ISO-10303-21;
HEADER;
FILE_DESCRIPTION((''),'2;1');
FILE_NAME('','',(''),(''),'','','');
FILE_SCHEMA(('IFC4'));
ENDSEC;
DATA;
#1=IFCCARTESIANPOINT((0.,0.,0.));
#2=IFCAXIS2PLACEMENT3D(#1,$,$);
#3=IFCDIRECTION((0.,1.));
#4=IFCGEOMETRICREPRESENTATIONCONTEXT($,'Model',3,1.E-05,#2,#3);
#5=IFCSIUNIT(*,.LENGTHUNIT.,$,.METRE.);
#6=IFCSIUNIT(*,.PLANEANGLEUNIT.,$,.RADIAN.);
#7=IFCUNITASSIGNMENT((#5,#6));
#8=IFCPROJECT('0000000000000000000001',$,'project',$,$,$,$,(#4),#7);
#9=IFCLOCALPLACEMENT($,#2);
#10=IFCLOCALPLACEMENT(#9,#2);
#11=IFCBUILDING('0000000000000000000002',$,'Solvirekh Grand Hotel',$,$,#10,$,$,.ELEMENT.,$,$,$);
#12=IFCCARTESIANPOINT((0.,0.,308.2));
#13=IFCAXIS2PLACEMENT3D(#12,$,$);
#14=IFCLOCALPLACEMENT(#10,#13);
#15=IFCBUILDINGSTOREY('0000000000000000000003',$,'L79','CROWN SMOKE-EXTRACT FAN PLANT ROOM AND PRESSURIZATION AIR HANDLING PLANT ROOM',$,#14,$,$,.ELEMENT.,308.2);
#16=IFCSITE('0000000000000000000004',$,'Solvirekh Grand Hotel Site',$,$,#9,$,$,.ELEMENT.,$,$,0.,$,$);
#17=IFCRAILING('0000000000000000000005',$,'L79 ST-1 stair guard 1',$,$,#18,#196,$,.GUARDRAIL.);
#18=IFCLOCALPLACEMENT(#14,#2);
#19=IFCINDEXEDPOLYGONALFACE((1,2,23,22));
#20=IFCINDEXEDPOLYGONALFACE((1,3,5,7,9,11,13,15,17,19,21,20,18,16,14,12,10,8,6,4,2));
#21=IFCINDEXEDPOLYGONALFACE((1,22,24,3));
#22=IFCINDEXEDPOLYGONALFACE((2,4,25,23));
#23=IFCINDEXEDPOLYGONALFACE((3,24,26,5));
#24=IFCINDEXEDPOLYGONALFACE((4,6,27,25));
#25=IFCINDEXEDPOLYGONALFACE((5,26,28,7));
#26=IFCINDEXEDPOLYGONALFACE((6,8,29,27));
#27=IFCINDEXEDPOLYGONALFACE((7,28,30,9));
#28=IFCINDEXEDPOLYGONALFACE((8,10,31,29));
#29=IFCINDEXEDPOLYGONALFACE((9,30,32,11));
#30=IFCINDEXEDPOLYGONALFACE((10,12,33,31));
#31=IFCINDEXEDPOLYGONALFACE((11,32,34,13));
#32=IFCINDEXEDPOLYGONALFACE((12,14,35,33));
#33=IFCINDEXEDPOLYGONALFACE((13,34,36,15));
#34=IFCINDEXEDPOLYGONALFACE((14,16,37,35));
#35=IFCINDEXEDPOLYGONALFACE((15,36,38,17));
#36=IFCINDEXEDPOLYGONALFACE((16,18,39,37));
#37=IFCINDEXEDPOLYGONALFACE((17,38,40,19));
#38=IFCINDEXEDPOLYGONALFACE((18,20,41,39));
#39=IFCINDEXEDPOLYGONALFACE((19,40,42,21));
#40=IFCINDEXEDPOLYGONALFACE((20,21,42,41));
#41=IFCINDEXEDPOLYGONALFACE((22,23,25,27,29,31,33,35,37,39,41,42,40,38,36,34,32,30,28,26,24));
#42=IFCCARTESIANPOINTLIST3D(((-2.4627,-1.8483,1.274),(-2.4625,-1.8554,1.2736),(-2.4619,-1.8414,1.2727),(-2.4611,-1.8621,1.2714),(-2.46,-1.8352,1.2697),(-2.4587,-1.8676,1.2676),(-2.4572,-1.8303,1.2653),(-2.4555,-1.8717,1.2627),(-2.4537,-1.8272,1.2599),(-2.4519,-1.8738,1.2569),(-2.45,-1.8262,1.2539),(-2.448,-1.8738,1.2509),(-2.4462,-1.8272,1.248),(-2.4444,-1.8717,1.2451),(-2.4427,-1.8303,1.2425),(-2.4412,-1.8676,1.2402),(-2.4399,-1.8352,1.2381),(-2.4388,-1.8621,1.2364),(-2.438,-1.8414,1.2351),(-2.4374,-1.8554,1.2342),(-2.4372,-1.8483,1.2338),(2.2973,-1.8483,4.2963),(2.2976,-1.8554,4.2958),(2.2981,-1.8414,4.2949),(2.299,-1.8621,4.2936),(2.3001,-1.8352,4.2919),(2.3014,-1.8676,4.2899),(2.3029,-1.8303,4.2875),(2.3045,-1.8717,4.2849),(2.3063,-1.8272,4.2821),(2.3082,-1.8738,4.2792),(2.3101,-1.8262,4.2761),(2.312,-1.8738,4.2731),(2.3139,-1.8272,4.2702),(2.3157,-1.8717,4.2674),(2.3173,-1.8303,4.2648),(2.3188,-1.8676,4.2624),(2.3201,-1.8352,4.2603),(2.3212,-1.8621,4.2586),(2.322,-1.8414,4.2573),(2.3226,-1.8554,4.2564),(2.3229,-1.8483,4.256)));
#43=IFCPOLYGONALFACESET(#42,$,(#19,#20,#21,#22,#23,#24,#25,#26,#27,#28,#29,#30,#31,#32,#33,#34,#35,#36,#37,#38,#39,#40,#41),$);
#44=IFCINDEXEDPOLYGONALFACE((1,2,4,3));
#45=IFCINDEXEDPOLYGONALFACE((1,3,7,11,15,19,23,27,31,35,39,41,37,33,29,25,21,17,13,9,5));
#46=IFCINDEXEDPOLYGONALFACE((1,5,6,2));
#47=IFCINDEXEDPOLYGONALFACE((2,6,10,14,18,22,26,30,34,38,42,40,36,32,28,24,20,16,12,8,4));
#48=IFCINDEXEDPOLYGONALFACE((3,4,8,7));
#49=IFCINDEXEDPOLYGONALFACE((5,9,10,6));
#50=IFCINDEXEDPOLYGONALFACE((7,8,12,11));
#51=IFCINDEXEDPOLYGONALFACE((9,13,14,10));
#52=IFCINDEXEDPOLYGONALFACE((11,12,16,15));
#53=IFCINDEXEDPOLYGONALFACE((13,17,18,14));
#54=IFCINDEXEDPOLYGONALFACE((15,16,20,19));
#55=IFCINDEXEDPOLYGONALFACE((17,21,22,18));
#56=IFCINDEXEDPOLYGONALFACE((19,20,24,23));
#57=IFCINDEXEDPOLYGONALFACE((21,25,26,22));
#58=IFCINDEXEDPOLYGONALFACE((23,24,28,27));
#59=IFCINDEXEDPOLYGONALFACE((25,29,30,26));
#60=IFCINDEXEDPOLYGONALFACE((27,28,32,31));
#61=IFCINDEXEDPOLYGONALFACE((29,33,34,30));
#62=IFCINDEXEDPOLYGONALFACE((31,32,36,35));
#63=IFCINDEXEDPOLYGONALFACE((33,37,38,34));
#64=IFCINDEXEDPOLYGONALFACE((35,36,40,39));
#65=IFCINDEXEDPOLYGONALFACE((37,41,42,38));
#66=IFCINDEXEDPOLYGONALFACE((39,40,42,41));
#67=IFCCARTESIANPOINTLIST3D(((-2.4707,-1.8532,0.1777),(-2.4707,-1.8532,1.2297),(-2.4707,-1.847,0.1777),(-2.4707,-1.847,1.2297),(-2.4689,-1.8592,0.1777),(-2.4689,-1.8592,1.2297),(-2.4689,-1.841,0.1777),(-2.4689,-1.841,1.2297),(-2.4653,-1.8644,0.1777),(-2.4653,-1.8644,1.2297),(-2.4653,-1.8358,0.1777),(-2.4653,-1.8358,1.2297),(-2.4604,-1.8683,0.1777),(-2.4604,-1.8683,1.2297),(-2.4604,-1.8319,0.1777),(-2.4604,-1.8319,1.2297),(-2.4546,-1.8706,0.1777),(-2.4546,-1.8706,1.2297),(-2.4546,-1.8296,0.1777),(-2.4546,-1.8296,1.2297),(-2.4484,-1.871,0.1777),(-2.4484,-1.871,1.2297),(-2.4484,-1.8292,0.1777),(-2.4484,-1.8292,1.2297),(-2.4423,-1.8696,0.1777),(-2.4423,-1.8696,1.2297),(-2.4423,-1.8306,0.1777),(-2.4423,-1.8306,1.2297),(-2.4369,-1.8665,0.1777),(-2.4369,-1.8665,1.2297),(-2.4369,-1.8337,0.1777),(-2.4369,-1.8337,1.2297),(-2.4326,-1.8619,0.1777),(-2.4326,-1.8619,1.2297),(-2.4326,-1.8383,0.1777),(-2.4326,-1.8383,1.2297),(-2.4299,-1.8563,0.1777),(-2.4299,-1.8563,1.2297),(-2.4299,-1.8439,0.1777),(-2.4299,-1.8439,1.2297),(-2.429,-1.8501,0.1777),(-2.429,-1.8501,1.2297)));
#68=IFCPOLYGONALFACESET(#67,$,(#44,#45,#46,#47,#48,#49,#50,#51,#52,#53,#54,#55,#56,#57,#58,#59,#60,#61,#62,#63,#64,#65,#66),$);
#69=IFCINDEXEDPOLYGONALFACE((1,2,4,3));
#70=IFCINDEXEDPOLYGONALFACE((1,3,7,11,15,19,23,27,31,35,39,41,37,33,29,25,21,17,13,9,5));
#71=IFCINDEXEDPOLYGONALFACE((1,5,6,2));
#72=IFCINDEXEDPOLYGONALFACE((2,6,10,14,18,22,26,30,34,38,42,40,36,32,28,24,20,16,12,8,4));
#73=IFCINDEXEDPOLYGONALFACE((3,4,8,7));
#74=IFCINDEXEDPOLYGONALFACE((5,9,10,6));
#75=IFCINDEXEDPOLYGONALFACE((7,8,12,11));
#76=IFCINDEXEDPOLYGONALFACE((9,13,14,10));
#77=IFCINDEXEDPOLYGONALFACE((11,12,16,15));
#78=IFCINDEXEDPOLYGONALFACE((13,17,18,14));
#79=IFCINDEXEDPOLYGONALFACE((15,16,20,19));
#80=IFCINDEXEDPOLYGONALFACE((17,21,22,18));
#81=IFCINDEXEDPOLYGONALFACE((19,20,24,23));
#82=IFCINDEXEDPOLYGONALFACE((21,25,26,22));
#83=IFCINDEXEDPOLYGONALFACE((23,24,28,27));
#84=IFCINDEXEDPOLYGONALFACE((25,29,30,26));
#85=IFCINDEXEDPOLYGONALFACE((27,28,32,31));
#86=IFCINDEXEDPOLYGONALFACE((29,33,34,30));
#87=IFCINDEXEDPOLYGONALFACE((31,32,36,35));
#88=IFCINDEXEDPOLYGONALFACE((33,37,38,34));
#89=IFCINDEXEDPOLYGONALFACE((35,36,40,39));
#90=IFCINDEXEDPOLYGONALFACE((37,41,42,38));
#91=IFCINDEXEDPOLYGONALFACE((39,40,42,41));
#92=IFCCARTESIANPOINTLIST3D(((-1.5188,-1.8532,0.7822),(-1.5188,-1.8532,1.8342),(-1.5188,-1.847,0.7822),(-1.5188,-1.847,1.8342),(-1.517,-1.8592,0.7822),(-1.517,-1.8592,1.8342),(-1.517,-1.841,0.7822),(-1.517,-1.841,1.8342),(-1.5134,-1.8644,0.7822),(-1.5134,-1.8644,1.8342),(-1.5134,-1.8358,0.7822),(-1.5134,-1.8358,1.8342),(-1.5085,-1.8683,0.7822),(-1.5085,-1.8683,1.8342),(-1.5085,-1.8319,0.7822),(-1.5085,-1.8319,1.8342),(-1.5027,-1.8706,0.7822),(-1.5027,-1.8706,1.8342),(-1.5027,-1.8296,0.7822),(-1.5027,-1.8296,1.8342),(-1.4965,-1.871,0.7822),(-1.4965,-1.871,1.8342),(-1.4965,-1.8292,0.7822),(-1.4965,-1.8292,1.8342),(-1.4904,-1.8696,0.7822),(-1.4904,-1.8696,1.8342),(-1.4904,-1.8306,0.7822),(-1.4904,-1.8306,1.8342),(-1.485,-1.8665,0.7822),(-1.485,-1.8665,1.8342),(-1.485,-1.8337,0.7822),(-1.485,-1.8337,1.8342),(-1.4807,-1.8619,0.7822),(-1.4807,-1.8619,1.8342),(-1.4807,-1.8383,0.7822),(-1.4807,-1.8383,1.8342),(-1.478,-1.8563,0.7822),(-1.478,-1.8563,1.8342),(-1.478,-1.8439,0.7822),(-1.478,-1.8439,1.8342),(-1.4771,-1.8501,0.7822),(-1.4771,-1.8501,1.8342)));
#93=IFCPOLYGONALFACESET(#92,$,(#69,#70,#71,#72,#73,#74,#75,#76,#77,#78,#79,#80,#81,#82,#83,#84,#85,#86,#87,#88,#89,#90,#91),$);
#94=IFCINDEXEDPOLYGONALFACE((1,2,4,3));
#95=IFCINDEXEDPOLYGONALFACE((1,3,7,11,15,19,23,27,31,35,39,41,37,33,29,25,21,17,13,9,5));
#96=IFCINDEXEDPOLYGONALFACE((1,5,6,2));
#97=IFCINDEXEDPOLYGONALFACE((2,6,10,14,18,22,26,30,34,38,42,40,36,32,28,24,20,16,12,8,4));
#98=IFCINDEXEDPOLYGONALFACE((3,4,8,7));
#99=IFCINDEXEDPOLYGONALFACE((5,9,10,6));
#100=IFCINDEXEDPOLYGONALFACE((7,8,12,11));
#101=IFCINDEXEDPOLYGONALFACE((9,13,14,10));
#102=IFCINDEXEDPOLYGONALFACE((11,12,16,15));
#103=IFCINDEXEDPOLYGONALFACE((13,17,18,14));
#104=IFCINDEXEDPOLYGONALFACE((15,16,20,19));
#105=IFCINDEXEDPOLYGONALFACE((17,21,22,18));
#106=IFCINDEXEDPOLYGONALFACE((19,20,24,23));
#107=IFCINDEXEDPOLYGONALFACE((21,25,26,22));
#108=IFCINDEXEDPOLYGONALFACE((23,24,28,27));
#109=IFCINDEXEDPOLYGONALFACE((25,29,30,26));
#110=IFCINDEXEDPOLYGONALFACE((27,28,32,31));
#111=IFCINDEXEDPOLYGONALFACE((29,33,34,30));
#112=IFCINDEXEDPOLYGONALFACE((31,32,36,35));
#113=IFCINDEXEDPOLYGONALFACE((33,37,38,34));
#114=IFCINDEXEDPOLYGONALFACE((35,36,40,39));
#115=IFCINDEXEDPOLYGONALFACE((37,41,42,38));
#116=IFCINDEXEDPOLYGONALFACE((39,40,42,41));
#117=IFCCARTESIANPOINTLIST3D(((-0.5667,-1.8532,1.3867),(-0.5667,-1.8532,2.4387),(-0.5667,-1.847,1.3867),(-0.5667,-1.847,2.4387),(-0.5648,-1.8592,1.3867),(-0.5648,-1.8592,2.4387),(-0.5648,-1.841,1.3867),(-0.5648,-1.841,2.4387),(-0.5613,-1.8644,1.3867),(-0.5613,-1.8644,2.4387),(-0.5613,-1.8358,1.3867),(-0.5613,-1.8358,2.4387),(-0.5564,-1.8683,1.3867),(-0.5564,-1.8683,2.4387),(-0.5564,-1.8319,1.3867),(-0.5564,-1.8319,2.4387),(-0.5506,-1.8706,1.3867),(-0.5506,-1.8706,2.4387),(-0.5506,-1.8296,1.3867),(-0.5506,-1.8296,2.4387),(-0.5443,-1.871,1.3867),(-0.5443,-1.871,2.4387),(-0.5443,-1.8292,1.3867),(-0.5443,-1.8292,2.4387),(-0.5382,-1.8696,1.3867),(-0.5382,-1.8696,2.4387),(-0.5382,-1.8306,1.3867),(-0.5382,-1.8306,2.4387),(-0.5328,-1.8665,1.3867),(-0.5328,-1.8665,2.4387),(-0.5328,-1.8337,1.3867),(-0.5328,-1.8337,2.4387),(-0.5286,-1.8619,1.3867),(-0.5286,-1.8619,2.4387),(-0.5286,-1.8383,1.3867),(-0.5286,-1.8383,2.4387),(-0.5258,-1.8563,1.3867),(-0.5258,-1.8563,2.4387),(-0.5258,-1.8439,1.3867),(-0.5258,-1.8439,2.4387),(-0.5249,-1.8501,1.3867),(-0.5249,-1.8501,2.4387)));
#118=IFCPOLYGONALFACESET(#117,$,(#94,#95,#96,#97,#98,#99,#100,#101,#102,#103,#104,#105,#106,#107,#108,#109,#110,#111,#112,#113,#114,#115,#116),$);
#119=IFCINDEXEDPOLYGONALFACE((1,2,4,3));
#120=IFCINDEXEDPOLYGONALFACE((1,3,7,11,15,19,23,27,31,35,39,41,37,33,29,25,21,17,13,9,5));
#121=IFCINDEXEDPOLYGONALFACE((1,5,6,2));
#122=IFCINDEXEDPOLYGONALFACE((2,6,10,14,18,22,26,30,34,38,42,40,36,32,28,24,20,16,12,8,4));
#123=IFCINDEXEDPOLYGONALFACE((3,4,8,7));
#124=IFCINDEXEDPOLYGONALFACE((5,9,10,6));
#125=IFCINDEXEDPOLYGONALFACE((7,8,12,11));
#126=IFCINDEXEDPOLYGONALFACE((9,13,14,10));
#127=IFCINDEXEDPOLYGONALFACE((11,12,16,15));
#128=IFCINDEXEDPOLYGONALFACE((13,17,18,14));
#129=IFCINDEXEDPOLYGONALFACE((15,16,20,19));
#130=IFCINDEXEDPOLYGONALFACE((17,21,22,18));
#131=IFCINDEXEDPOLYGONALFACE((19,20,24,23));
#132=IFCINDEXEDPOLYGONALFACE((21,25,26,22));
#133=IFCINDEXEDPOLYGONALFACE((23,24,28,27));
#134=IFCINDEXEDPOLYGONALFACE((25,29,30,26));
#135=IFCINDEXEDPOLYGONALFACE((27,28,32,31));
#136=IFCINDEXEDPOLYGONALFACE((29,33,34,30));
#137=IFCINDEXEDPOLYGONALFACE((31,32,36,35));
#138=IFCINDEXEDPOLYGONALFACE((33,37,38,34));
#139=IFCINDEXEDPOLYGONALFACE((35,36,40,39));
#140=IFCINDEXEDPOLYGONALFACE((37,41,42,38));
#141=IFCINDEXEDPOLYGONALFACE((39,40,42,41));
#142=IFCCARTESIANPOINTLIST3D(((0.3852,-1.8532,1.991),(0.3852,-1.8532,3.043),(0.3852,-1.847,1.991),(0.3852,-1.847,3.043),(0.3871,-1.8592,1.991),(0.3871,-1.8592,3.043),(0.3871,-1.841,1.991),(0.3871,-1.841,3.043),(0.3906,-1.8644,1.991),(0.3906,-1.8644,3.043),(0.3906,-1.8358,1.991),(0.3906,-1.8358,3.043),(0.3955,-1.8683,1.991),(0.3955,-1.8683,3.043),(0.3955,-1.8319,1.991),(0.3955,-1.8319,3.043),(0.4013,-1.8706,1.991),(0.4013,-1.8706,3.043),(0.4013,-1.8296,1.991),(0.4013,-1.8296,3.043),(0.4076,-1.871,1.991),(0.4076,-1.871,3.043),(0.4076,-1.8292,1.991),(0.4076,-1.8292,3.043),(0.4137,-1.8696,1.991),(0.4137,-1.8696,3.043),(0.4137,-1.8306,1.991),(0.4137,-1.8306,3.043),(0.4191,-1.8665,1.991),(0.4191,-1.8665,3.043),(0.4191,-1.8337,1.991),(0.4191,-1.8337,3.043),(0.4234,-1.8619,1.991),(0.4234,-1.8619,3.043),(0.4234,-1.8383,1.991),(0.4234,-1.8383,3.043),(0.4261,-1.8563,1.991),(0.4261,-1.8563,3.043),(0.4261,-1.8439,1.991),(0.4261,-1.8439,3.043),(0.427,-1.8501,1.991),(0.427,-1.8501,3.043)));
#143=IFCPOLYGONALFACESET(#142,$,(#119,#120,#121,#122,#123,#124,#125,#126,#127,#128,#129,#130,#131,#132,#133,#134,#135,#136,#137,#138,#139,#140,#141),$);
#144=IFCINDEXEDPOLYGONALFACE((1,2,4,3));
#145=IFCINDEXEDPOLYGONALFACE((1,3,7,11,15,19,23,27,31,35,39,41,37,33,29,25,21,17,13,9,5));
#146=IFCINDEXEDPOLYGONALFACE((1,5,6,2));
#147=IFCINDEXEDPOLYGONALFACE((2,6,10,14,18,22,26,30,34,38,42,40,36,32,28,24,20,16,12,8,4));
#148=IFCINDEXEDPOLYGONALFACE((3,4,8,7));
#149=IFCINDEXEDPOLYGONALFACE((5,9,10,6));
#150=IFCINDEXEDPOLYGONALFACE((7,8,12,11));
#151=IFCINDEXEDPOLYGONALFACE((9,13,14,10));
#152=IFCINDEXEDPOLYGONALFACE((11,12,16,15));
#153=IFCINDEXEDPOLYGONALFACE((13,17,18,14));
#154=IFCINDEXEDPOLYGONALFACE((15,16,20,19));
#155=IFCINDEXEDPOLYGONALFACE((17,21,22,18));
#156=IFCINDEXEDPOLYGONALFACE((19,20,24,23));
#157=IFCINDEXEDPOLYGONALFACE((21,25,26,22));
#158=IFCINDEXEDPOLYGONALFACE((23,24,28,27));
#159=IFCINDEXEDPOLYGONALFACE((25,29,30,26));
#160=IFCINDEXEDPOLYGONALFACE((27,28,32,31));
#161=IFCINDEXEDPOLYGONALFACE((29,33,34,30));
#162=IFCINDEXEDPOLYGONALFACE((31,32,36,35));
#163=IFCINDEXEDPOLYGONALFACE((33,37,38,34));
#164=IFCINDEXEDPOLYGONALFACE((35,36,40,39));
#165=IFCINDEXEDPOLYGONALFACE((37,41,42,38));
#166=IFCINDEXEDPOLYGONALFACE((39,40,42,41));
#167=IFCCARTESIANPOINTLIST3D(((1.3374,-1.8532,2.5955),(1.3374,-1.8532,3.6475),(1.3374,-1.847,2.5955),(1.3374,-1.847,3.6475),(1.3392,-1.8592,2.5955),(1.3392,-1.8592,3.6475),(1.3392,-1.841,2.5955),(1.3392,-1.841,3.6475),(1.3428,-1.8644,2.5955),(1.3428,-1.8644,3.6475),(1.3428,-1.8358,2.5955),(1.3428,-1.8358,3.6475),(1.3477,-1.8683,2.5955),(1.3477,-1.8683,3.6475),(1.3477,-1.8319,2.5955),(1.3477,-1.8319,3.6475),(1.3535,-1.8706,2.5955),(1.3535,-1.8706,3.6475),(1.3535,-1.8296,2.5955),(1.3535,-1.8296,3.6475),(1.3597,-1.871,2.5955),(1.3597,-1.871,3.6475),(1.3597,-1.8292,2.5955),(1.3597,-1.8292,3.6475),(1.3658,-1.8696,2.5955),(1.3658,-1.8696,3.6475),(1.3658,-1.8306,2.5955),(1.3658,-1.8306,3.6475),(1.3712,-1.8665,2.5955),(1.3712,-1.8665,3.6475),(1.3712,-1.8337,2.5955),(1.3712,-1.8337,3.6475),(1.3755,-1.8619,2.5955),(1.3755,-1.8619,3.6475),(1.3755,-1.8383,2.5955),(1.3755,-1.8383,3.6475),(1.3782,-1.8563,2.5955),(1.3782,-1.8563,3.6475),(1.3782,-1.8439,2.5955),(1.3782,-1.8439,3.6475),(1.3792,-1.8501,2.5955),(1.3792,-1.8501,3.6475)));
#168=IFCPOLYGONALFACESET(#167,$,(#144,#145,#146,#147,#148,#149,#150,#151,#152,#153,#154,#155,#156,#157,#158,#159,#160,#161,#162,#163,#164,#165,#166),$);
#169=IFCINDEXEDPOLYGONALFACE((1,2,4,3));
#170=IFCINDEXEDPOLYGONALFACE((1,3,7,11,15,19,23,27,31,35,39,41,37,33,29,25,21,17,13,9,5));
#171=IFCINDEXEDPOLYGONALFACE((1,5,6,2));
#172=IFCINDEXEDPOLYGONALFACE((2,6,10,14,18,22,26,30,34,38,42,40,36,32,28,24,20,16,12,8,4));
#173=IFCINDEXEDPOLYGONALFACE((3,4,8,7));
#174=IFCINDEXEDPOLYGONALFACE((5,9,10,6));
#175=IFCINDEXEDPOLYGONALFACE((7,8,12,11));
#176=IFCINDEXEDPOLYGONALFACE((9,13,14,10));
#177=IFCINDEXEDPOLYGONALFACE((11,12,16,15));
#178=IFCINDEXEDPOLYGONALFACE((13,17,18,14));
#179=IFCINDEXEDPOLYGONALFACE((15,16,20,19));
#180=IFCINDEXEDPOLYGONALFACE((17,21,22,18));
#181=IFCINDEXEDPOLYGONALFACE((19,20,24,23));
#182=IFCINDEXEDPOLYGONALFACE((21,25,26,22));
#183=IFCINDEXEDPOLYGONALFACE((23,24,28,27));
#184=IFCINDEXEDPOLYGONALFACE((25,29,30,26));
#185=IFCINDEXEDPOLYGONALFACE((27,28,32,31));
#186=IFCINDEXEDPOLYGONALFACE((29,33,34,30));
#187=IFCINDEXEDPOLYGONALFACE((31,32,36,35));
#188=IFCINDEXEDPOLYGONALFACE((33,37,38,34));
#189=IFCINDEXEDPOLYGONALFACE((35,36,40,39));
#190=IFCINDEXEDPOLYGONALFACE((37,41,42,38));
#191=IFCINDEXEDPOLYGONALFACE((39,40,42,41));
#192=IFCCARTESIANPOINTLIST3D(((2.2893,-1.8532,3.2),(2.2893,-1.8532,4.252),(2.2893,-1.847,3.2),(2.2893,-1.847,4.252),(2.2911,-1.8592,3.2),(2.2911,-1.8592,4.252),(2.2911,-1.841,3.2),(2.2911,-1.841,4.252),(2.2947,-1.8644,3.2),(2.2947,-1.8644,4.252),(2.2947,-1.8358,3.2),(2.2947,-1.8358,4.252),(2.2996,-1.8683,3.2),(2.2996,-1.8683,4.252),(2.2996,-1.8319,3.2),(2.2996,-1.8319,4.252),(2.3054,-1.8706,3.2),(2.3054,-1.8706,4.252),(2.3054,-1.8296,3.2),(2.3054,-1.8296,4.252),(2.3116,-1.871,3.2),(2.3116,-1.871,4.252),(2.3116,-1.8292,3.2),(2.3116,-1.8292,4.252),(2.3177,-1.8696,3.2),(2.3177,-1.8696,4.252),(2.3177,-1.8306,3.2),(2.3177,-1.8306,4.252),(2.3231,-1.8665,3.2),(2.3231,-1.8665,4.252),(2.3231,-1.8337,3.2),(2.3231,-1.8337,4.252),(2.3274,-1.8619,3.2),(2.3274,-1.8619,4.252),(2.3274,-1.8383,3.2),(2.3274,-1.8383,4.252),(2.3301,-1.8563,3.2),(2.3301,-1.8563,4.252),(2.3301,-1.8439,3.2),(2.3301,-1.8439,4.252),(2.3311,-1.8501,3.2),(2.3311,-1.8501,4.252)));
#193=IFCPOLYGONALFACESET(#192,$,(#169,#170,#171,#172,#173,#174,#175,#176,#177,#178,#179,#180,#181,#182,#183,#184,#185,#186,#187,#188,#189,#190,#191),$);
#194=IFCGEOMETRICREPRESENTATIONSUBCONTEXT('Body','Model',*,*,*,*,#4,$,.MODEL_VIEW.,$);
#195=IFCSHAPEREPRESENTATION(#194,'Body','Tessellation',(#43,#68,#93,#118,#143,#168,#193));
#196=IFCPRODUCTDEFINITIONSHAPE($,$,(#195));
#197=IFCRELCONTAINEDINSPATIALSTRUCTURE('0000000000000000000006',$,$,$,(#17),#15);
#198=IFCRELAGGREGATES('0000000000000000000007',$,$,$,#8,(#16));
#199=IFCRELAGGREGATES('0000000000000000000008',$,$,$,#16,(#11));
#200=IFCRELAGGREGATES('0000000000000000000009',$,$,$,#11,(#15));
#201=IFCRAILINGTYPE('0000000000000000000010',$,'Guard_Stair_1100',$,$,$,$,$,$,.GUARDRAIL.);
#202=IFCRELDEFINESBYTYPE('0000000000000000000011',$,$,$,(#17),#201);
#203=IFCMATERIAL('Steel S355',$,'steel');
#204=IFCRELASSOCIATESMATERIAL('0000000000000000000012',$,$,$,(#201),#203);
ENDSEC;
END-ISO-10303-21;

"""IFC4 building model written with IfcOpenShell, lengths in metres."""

from ifc_helpers import new_model, si_unit, direction, frame, origin, origin_2d, place, context, subcontext, project, spatial, circle, extrude, material, type_object, element, save


model = new_model("IFC4")

# Units and contexts
model_context = context("Model", 3, precision=1e-05, world=origin(), true_north=direction((0.0, 1.0)))
body_context = subcontext(model_context, "Body", "Model", "MODEL_VIEW")
ifc_project = project(units=[si_unit("LENGTHUNIT", "METRE"), si_unit("PLANEANGLEUNIT", "RADIAN")], contexts=[model_context])

# Site, building, storey
site_placement = place(None, origin())
site = spatial("IfcSite", under=ifc_project, at=site_placement, Name="Solvirekh Grand Hotel Site", CompositionType="ELEMENT", RefElevation=0.0)
building_placement = place(site_placement, origin())
building = spatial("IfcBuilding", under=site, at=building_placement, Name="Solvirekh Grand Hotel", CompositionType="ELEMENT")
storey_placement = place(building_placement, frame((0.0, 0.0, 308.2)))
storey = spatial("IfcBuildingStorey", under=building, at=storey_placement, Name="L79", Description="CROWN SMOKE-EXTRACT FAN PLANT ROOM AND PRESSURIZATION AIR HANDLING PLANT ROOM", CompositionType="ELEMENT", Elevation=308.2)

# Shared definitions
ifc_material_1 = material(Name="Steel S355", Category="steel")

# Railing
railing_type_1 = type_object("IfcRailingType", Name="Guard_Stair_1100", PredefinedType="GUARDRAIL", material=ifc_material_1)
railing_1_placement = place(storey_placement, frame((-2.45, -1.8501, 0.1777)))
element("IfcRailing", 1, at=railing_1_placement, inside=storey, type_object=railing_type_1, Name="L79 ST-1 stair guard 1", PredefinedType="GUARDRAIL", context=body_context, shape_type="SweptSolid", body=[
    extrude(circle(Radius=0.0239, at=origin_2d()), frame((0.0, 0.0, 1.0762), z_axis=(0.844214, 0.0, 0.536007), x_axis=(0.0, 1.0, 0.0)), (0.0, 0.0, 1.0), 5.6384),
    extrude(circle(Radius=0.021, at=origin_2d()), origin(), (0.0, 0.0, 1.0), 1.052),
    extrude(circle(Radius=0.021, at=origin_2d()), frame((0.9519, 0.0, 0.6045)), (0.0, 0.0, 1.0), 1.052),
    extrude(circle(Radius=0.021, at=origin_2d()), frame((1.9041, 0.0, 1.209)), (0.0, 0.0, 1.0), 1.052),
    extrude(circle(Radius=0.021, at=origin_2d()), frame((2.856, 0.0, 1.8132)), (0.0, 0.0, 1.0), 1.052),
    extrude(circle(Radius=0.021, at=origin_2d()), frame((3.8081, 0.0, 2.4177)), (0.0, 0.0, 1.0), 1.052),
    extrude(circle(Radius=0.021, at=origin_2d()), frame((4.76, 0.0, 3.0222)), (0.0, 0.0, 1.0), 1.052),
])

save(model, "model.ifc")
